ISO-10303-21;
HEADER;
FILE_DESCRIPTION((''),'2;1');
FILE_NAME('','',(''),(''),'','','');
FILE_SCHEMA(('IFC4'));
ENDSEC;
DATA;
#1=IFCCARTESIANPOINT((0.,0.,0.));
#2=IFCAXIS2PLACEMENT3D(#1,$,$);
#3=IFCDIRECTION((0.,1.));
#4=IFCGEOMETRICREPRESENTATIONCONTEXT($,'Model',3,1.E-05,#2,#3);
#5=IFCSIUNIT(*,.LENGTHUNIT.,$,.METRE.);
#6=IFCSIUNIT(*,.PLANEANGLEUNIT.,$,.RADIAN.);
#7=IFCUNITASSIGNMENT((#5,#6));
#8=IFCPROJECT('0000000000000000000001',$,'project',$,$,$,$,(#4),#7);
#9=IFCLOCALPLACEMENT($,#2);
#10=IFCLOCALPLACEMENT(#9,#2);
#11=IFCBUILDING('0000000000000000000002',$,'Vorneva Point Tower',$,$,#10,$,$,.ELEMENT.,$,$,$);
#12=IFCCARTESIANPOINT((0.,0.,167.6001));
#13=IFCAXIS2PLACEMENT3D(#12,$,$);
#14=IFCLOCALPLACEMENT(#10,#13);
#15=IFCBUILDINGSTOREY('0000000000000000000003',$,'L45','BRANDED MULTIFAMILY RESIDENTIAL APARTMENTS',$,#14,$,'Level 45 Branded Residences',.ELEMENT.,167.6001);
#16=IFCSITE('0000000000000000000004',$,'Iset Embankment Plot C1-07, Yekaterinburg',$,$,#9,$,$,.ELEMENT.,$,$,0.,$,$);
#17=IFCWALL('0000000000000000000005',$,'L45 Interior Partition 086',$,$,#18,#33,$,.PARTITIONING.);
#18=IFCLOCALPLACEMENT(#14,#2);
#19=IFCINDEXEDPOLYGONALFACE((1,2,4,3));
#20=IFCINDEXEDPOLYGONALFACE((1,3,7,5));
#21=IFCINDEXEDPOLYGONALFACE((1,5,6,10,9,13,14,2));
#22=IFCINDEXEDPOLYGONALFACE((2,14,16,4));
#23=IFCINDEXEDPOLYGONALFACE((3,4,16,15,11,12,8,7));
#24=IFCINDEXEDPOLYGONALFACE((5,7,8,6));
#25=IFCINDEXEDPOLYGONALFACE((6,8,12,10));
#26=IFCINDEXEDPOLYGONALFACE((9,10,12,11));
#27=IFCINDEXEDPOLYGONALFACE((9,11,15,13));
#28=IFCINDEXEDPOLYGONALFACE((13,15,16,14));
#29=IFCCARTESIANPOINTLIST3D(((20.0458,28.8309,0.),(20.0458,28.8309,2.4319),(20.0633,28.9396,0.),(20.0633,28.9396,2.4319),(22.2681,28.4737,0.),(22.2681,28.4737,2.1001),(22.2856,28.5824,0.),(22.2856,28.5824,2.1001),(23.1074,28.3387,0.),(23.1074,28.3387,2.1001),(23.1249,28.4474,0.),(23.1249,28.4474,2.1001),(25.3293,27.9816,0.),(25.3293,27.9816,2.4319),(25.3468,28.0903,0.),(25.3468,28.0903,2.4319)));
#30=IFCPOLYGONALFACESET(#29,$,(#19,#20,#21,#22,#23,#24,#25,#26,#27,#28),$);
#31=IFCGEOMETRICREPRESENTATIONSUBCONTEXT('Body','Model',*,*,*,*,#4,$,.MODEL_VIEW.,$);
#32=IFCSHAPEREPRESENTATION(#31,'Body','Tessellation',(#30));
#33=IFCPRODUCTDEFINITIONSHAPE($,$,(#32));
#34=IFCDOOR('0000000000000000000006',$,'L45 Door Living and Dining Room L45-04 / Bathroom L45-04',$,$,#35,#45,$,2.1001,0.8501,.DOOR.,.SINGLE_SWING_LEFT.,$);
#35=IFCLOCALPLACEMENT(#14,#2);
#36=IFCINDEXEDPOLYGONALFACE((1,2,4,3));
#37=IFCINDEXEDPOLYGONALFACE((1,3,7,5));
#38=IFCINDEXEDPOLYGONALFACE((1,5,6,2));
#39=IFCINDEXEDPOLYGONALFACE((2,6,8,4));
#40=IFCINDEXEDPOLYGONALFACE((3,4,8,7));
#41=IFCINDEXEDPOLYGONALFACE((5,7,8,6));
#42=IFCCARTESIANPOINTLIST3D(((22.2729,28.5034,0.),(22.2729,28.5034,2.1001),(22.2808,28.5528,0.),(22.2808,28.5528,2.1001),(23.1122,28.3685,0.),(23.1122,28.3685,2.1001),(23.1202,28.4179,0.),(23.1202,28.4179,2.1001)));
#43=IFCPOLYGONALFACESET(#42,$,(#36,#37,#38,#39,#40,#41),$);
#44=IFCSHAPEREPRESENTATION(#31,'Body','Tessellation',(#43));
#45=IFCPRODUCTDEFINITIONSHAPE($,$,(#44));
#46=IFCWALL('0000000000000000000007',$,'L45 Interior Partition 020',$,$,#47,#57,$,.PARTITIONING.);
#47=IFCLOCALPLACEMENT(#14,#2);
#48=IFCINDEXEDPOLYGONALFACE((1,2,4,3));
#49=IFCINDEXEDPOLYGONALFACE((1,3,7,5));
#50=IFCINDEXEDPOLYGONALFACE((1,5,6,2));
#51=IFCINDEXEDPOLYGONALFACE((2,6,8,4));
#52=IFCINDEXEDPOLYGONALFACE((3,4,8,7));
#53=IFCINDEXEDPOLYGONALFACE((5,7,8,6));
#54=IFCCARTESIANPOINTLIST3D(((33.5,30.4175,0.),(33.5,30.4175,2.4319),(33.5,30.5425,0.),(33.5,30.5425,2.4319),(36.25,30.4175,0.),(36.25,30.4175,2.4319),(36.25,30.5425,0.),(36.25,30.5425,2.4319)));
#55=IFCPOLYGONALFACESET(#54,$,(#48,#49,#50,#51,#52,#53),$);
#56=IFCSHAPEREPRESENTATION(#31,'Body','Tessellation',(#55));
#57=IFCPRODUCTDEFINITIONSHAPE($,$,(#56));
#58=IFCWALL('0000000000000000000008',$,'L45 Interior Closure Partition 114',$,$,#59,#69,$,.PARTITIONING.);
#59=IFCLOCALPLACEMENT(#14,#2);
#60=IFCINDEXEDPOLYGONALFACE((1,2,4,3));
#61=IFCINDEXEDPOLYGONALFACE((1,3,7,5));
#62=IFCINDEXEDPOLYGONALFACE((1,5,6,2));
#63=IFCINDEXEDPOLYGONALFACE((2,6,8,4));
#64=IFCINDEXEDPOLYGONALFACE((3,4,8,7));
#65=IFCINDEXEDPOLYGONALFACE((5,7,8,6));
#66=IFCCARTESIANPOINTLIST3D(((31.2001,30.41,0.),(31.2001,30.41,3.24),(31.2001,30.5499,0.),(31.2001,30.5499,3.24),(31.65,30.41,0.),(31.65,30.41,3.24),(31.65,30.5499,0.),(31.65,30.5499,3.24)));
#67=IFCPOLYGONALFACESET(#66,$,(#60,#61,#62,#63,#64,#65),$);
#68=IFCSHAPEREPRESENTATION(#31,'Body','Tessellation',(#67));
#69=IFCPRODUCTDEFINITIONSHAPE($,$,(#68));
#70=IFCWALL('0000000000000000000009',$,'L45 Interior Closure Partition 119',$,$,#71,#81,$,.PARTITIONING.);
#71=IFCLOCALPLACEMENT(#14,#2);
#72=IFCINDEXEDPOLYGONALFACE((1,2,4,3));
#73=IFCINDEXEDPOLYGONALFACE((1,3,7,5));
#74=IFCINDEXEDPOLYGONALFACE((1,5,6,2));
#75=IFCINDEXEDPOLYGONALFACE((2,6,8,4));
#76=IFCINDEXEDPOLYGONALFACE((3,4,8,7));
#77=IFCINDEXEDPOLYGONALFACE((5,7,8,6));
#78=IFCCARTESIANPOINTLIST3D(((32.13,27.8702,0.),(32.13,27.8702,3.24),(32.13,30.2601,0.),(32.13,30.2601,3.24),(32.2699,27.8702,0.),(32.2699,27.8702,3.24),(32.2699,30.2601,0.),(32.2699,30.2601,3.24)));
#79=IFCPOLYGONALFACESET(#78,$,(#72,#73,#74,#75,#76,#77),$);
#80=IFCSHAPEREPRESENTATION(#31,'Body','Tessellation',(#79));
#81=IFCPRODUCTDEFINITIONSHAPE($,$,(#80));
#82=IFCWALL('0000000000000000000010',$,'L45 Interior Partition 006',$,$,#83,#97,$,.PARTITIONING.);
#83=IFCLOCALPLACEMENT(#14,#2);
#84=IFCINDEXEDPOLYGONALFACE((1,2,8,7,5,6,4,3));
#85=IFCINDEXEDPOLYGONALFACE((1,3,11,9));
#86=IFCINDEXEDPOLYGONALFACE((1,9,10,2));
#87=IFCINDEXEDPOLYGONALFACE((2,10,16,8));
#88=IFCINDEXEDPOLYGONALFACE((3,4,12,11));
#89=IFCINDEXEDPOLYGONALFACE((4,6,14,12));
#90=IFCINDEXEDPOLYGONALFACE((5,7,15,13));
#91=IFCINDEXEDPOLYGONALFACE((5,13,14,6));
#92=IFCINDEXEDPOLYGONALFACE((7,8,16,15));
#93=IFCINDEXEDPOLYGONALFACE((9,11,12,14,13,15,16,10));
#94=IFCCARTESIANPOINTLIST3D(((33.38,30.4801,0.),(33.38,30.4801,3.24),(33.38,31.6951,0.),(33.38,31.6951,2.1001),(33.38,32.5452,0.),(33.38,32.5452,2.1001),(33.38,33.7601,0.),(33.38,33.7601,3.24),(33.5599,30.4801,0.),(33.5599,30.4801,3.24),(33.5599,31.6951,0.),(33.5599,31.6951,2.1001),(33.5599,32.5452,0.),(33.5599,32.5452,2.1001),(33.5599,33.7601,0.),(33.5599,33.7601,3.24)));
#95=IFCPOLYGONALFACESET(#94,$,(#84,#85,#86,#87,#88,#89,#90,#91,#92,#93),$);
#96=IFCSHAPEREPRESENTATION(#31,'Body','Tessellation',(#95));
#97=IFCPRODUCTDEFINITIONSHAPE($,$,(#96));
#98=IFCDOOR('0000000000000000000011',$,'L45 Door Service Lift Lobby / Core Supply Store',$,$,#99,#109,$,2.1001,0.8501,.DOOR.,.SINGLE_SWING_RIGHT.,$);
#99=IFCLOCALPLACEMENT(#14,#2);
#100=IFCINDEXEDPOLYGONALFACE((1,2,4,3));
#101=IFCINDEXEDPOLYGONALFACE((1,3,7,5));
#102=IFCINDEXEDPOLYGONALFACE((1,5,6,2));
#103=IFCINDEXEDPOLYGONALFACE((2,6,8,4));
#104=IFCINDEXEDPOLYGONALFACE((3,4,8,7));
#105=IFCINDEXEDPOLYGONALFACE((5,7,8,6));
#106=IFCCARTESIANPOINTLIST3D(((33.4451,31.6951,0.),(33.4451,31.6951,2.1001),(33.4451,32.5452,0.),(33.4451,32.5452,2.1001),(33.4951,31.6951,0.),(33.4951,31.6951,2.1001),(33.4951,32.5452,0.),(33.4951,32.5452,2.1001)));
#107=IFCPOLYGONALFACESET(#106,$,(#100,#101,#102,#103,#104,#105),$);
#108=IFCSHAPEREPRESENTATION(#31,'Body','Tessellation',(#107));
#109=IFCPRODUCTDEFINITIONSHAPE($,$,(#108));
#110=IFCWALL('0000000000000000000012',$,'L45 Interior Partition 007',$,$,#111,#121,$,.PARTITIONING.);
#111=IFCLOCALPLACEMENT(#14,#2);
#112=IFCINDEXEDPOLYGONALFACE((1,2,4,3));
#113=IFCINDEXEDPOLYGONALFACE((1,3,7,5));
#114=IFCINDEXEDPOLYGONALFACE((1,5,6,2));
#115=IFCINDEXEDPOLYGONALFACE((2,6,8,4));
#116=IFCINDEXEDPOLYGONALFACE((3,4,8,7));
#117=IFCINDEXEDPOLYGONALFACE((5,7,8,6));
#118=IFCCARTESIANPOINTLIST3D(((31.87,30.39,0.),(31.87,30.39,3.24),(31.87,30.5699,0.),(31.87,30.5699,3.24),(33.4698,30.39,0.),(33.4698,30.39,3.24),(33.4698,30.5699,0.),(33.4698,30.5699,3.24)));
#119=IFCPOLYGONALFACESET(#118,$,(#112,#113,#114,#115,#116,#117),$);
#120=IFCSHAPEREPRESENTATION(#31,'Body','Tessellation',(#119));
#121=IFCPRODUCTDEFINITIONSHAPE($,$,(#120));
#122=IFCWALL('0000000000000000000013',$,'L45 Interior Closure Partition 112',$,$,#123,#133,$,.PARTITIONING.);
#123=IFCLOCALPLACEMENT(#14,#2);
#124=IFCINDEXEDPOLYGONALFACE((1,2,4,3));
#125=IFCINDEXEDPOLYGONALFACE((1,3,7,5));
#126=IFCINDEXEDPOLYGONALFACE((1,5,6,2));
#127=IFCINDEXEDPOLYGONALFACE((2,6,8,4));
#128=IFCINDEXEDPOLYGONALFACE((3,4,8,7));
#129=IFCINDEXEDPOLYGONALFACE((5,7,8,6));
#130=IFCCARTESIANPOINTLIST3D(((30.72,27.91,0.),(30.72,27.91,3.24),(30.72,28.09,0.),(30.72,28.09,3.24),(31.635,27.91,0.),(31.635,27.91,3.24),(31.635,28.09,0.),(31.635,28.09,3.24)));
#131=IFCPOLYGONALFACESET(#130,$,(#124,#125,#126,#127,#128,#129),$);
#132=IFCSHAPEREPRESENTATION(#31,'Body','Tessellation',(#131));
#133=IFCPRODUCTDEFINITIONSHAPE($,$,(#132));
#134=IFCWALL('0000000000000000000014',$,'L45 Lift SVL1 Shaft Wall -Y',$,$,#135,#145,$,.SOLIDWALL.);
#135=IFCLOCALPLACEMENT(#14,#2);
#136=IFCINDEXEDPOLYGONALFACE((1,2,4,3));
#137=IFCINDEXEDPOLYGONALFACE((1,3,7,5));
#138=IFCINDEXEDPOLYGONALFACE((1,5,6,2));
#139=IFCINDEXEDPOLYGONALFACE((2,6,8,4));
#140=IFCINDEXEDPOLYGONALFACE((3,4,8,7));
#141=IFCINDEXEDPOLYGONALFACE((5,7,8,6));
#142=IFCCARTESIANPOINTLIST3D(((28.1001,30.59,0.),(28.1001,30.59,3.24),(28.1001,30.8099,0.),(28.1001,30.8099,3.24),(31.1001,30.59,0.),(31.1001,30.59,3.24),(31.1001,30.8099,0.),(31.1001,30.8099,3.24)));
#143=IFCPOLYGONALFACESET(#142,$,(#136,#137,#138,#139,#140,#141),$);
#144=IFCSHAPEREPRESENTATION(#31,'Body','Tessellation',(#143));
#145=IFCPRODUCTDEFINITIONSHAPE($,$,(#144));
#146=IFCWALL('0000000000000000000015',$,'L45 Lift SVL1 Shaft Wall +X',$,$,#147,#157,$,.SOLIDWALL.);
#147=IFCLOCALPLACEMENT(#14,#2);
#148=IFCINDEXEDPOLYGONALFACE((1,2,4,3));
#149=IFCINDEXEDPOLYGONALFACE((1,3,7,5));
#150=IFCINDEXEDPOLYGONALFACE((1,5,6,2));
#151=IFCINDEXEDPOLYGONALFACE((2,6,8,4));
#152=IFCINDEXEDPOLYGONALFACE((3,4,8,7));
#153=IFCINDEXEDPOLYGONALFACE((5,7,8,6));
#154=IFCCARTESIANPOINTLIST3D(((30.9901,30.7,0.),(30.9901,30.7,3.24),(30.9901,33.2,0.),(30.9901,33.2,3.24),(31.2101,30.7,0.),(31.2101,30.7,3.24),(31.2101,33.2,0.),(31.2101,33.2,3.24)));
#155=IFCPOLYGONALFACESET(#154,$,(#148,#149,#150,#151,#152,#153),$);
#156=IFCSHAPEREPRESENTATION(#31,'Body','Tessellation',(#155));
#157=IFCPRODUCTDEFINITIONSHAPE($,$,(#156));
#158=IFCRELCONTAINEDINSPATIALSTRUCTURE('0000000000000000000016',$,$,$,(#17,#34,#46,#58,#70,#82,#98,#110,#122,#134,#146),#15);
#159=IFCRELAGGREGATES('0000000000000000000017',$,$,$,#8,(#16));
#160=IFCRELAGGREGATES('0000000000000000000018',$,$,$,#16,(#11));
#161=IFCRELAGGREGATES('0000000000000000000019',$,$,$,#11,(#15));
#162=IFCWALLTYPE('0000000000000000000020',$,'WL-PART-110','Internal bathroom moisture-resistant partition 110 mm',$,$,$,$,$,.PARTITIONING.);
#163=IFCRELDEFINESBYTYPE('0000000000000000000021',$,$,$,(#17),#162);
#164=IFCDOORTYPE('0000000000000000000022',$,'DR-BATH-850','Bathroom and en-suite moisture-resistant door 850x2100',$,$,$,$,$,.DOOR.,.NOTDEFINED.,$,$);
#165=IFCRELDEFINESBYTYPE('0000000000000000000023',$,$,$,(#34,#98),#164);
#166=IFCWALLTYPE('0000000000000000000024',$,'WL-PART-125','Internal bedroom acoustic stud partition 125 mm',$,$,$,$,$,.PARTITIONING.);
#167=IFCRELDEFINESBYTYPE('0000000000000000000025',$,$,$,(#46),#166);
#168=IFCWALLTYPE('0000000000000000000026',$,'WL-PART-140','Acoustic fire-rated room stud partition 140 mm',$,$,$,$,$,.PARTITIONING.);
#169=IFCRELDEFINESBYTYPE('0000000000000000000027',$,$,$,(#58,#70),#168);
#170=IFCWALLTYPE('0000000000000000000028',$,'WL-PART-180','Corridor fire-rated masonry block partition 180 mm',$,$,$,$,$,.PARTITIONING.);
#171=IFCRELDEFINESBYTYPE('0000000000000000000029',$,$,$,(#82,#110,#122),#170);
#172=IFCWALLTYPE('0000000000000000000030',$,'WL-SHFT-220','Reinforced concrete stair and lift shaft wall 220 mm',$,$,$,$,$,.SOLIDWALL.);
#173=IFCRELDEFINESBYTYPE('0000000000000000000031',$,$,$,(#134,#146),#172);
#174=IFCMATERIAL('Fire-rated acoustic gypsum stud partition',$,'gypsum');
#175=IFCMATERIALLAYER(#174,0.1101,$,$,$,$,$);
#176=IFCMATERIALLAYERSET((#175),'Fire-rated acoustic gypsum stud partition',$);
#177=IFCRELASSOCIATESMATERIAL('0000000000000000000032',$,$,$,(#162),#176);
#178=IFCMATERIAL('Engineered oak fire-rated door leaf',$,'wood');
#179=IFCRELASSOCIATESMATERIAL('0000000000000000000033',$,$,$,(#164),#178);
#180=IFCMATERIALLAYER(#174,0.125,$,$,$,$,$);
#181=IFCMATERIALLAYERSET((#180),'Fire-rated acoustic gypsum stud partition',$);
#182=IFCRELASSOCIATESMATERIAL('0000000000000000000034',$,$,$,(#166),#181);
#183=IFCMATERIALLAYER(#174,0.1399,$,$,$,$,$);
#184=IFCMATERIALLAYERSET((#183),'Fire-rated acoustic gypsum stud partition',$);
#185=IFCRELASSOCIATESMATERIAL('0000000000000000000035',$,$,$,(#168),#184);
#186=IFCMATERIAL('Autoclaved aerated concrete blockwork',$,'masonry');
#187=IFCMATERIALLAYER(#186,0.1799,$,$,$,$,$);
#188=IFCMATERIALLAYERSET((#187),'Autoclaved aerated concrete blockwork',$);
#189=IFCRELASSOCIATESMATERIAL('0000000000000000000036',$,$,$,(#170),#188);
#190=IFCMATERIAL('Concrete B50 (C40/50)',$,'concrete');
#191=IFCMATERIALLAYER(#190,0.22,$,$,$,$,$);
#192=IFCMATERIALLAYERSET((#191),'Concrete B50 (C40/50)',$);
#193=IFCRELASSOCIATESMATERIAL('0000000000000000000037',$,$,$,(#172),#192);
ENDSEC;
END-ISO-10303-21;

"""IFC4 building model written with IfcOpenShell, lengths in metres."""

from ifc_helpers import new_model, si_unit, direction, frame, frame_2d, origin, place, context, subcontext, project, spatial, rectangle, extrude, material, layer, layer_set, type_object, element, fill, save


model = new_model("IFC4")

# Units and contexts
model_context = context("Model", 3, precision=1e-05, world=origin(), true_north=direction((0.0, 1.0)))
body_context = subcontext(model_context, "Body", "Model", "MODEL_VIEW")
ifc_project = project(units=[si_unit("LENGTHUNIT", "METRE"), si_unit("PLANEANGLEUNIT", "RADIAN")], contexts=[model_context])

# Site, building, storey
site_placement = place(None, origin())
site = spatial("IfcSite", under=ifc_project, at=site_placement, Name="Iset Embankment Plot C1-07, Yekaterinburg", CompositionType="ELEMENT", RefElevation=0.0)
building_placement = place(site_placement, origin())
building = spatial("IfcBuilding", under=site, at=building_placement, Name="Vorneva Point Tower", CompositionType="ELEMENT")
storey_placement = place(building_placement, frame((0.0, 0.0, 167.6001)))
storey = spatial("IfcBuildingStorey", under=building, at=storey_placement, Name="L45", Description="BRANDED MULTIFAMILY RESIDENTIAL APARTMENTS", LongName="Level 45 Branded Residences", CompositionType="ELEMENT", Elevation=167.6001)

# Shared definitions
ifc_material_1 = material(Name="Fire-rated acoustic gypsum stud partition", Category="gypsum")
ifc_layer_1 = layer(ifc_material_1, 0.1101)
ifc_layer_set_1 = layer_set([ifc_layer_1], Name="Fire-rated acoustic gypsum stud partition")
wall_type_1 = type_object("IfcWallType", Name="WL-PART-110", Description="Internal bathroom moisture-resistant partition 110 mm", PredefinedType="PARTITIONING", material=ifc_layer_set_1)

# Wall, opening, door
wall_1_placement = place(storey_placement, frame((25.3381, 28.0359, 0.0), z_axis=(0.0, 0.0, 1.0), x_axis=(-0.987323, 0.158722, 0.0)))
wall_1 = element("IfcWall", 1, at=wall_1_placement, inside=storey, type_object=wall_type_1, Name="L45 Interior Partition 086", PredefinedType="PARTITIONING", context=body_context, shape_type="SweptSolid", body=[
    extrude(rectangle(XDim=5.3513, YDim=0.1101, at=frame_2d((2.6758, 0.0))), origin(), (0.0, 0.0, 1.0), 2.4319),
])
opening_1_placement = place(wall_1_placement, frame((2.2505, 0.0, 0.0)))
opening_1 = element("IfcOpeningElement", 2, at=opening_1_placement, cuts=wall_1, PredefinedType="OPENING", context=body_context, shape_type="SweptSolid", body=[
    extrude(rectangle(XDim=0.8501, YDim=2.1001, at=frame_2d((0.425, 1.05))), frame((0.0, 0.0698, 0.0), z_axis=(0.0, -1.0, 0.0), x_axis=(1.0, 0.0, 0.0)), (0.0, 0.0, 1.0), 0.1399),
])
ifc_material_2 = material(Name="Engineered oak fire-rated door leaf", Category="wood")
door_type_1 = type_object("IfcDoorType", Name="DR-BATH-850", Description="Bathroom and en-suite moisture-resistant door 850x2100", OperationType="NOTDEFINED", PredefinedType="DOOR", material=ifc_material_2)
door_1_placement = place(opening_1_placement, origin())
door_1 = element("IfcDoor", 3, at=door_1_placement, inside=storey, type_object=door_type_1, Name="L45 Door Living and Dining Room L45-04 / Bathroom L45-04", OperationType="SINGLE_SWING_LEFT", OverallHeight=2.1001, OverallWidth=0.8501, PredefinedType="DOOR", context=body_context, shape_type="SweptSolid", body=[
    extrude(rectangle(XDim=0.8501, YDim=2.1001, at=frame_2d((0.425, 1.05))), frame((0.0, 0.0249, 0.0), z_axis=(0.0, -1.0, 0.0), x_axis=(1.0, 0.0, 0.0)), (0.0, 0.0, 1.0), 0.05),
])
fill(opening_1, door_1)

# Walls
ifc_layer_2 = layer(ifc_material_1, 0.125)
ifc_layer_set_2 = layer_set([ifc_layer_2], Name="Fire-rated acoustic gypsum stud partition")
wall_type_2 = type_object("IfcWallType", Name="WL-PART-125", Description="Internal bedroom acoustic stud partition 125 mm", PredefinedType="PARTITIONING", material=ifc_layer_set_2)
wall_2_placement = place(storey_placement, frame((33.5, 30.48, 0.0), z_axis=(0.0, 0.0, 1.0), x_axis=(1.0, 0.0, 0.0)))
element("IfcWall", 4, at=wall_2_placement, inside=storey, type_object=wall_type_2, Name="L45 Interior Partition 020", PredefinedType="PARTITIONING", context=body_context, shape_type="SweptSolid", body=[
    extrude(rectangle(XDim=2.75, YDim=0.125, at=frame_2d((1.375, 0.0))), origin(), (0.0, 0.0, 1.0), 2.4319),
])
ifc_layer_3 = layer(ifc_material_1, 0.1399)
ifc_layer_set_3 = layer_set([ifc_layer_3], Name="Fire-rated acoustic gypsum stud partition")
wall_type_3 = type_object("IfcWallType", Name="WL-PART-140", Description="Acoustic fire-rated room stud partition 140 mm", PredefinedType="PARTITIONING", material=ifc_layer_set_3)
wall_3_placement = place(storey_placement, frame((31.2, 30.48, 0.0), z_axis=(0.0, 0.0, 1.0), x_axis=(1.0, 0.0, 0.0)))
element("IfcWall", 5, at=wall_3_placement, inside=storey, type_object=wall_type_3, Name="L45 Interior Closure Partition 114", PredefinedType="PARTITIONING", context=body_context, shape_type="SweptSolid", body=[
    extrude(rectangle(XDim=0.45, YDim=0.1399, at=frame_2d((0.2251, 0.0))), origin(), (0.0, 0.0, 1.0), 3.24),
])
wall_4_placement = place(storey_placement, frame((32.2, 30.26, 0.0), z_axis=(0.0, 0.0, 1.0), x_axis=(0.0, -1.0, 0.0)))
element("IfcWall", 6, at=wall_4_placement, inside=storey, type_object=wall_type_3, Name="L45 Interior Closure Partition 119", PredefinedType="PARTITIONING", context=body_context, shape_type="SweptSolid", body=[
    extrude(rectangle(XDim=2.3899, YDim=0.1399, at=frame_2d((1.1948, 0.0))), origin(), (0.0, 0.0, 1.0), 3.24),
])

# Wall, opening, door
ifc_material_3 = material(Name="Autoclaved aerated concrete blockwork", Category="masonry")
ifc_layer_4 = layer(ifc_material_3, 0.1799)
ifc_layer_set_4 = layer_set([ifc_layer_4], Name="Autoclaved aerated concrete blockwork")
wall_type_4 = type_object("IfcWallType", Name="WL-PART-180", Description="Corridor fire-rated masonry block partition 180 mm", PredefinedType="PARTITIONING", material=ifc_layer_set_4)
wall_5_placement = place(storey_placement, frame((33.47, 30.48, 0.0), z_axis=(0.0, 0.0, 1.0), x_axis=(0.0, 1.0, 0.0)))
wall_5 = element("IfcWall", 7, at=wall_5_placement, inside=storey, type_object=wall_type_4, Name="L45 Interior Partition 006", PredefinedType="PARTITIONING", context=body_context, shape_type="SweptSolid", body=[
    extrude(rectangle(XDim=3.28, YDim=0.1799, at=frame_2d((1.6401, 0.0))), origin(), (0.0, 0.0, 1.0), 3.24),
])
opening_2_placement = place(wall_5_placement, frame((1.2151, 0.0, 0.0)))
opening_2 = element("IfcOpeningElement", 8, at=opening_2_placement, cuts=wall_5, PredefinedType="OPENING", context=body_context, shape_type="SweptSolid", body=[
    extrude(rectangle(XDim=0.8501, YDim=2.1001, at=frame_2d((0.425, 1.05))), frame((0.0, 0.105, 0.0), z_axis=(0.0, -1.0, 0.0), x_axis=(1.0, 0.0, 0.0)), (0.0, 0.0, 1.0), 0.2097),
])
door_2_placement = place(opening_2_placement, origin())
door_2 = element("IfcDoor", 9, at=door_2_placement, inside=storey, type_object=door_type_1, Name="L45 Door Service Lift Lobby / Core Supply Store", OperationType="SINGLE_SWING_RIGHT", OverallHeight=2.1001, OverallWidth=0.8501, PredefinedType="DOOR", context=body_context, shape_type="SweptSolid", body=[
    extrude(rectangle(XDim=0.8501, YDim=2.1001, at=frame_2d((0.425, 1.05))), frame((0.0, 0.0249, 0.0), z_axis=(0.0, -1.0, 0.0), x_axis=(1.0, 0.0, 0.0)), (0.0, 0.0, 1.0), 0.05),
])
fill(opening_2, door_2)

# Walls
wall_6_placement = place(storey_placement, frame((31.8701, 30.48, 0.0), z_axis=(0.0, 0.0, 1.0), x_axis=(1.0, 0.0, 0.0)))
element("IfcWall", 10, at=wall_6_placement, inside=storey, type_object=wall_type_4, Name="L45 Interior Partition 007", PredefinedType="PARTITIONING", context=body_context, shape_type="SweptSolid", body=[
    extrude(rectangle(XDim=1.5999, YDim=0.1799, at=frame_2d((0.7998, 0.0))), origin(), (0.0, 0.0, 1.0), 3.24),
])
wall_7_placement = place(storey_placement, frame((31.635, 28.0, 0.0), z_axis=(0.0, 0.0, 1.0), x_axis=(-1.0, 0.0, 0.0)))
element("IfcWall", 11, at=wall_7_placement, inside=storey, type_object=wall_type_4, Name="L45 Interior Closure Partition 112", PredefinedType="PARTITIONING", context=body_context, shape_type="SweptSolid", body=[
    extrude(rectangle(XDim=0.915, YDim=0.1799, at=frame_2d((0.4575, 0.0))), origin(), (0.0, 0.0, 1.0), 3.24),
])
ifc_material_4 = material(Name="Concrete B50 (C40/50)", Category="concrete")
ifc_layer_5 = layer(ifc_material_4, 0.22)
ifc_layer_set_5 = layer_set([ifc_layer_5], Name="Concrete B50 (C40/50)")
wall_type_5 = type_object("IfcWallType", Name="WL-SHFT-220", Description="Reinforced concrete stair and lift shaft wall 220 mm", PredefinedType="SOLIDWALL", material=ifc_layer_set_5)
wall_8_placement = place(storey_placement, frame((28.1001, 30.7, 0.0), z_axis=(0.0, 0.0, 1.0), x_axis=(1.0, 0.0, 0.0)))
element("IfcWall", 12, at=wall_8_placement, inside=storey, type_object=wall_type_5, Name="L45 Lift SVL1 Shaft Wall -Y", PredefinedType="SOLIDWALL", context=body_context, shape_type="SweptSolid", body=[
    extrude(rectangle(XDim=3.0, YDim=0.22, at=frame_2d((1.5, 0.0))), origin(), (0.0, 0.0, 1.0), 3.24),
])
wall_9_placement = place(storey_placement, frame((31.1001, 30.7, 0.0), z_axis=(0.0, 0.0, 1.0), x_axis=(0.0, 1.0, 0.0)))
element("IfcWall", 13, at=wall_9_placement, inside=storey, type_object=wall_type_5, Name="L45 Lift SVL1 Shaft Wall +X", PredefinedType="SOLIDWALL", context=body_context, shape_type="SweptSolid", body=[
    extrude(rectangle(XDim=2.5, YDim=0.22, at=frame_2d((1.25, 0.0))), origin(), (0.0, 0.0, 1.0), 3.24),
])

save(model, "model.ifc")
